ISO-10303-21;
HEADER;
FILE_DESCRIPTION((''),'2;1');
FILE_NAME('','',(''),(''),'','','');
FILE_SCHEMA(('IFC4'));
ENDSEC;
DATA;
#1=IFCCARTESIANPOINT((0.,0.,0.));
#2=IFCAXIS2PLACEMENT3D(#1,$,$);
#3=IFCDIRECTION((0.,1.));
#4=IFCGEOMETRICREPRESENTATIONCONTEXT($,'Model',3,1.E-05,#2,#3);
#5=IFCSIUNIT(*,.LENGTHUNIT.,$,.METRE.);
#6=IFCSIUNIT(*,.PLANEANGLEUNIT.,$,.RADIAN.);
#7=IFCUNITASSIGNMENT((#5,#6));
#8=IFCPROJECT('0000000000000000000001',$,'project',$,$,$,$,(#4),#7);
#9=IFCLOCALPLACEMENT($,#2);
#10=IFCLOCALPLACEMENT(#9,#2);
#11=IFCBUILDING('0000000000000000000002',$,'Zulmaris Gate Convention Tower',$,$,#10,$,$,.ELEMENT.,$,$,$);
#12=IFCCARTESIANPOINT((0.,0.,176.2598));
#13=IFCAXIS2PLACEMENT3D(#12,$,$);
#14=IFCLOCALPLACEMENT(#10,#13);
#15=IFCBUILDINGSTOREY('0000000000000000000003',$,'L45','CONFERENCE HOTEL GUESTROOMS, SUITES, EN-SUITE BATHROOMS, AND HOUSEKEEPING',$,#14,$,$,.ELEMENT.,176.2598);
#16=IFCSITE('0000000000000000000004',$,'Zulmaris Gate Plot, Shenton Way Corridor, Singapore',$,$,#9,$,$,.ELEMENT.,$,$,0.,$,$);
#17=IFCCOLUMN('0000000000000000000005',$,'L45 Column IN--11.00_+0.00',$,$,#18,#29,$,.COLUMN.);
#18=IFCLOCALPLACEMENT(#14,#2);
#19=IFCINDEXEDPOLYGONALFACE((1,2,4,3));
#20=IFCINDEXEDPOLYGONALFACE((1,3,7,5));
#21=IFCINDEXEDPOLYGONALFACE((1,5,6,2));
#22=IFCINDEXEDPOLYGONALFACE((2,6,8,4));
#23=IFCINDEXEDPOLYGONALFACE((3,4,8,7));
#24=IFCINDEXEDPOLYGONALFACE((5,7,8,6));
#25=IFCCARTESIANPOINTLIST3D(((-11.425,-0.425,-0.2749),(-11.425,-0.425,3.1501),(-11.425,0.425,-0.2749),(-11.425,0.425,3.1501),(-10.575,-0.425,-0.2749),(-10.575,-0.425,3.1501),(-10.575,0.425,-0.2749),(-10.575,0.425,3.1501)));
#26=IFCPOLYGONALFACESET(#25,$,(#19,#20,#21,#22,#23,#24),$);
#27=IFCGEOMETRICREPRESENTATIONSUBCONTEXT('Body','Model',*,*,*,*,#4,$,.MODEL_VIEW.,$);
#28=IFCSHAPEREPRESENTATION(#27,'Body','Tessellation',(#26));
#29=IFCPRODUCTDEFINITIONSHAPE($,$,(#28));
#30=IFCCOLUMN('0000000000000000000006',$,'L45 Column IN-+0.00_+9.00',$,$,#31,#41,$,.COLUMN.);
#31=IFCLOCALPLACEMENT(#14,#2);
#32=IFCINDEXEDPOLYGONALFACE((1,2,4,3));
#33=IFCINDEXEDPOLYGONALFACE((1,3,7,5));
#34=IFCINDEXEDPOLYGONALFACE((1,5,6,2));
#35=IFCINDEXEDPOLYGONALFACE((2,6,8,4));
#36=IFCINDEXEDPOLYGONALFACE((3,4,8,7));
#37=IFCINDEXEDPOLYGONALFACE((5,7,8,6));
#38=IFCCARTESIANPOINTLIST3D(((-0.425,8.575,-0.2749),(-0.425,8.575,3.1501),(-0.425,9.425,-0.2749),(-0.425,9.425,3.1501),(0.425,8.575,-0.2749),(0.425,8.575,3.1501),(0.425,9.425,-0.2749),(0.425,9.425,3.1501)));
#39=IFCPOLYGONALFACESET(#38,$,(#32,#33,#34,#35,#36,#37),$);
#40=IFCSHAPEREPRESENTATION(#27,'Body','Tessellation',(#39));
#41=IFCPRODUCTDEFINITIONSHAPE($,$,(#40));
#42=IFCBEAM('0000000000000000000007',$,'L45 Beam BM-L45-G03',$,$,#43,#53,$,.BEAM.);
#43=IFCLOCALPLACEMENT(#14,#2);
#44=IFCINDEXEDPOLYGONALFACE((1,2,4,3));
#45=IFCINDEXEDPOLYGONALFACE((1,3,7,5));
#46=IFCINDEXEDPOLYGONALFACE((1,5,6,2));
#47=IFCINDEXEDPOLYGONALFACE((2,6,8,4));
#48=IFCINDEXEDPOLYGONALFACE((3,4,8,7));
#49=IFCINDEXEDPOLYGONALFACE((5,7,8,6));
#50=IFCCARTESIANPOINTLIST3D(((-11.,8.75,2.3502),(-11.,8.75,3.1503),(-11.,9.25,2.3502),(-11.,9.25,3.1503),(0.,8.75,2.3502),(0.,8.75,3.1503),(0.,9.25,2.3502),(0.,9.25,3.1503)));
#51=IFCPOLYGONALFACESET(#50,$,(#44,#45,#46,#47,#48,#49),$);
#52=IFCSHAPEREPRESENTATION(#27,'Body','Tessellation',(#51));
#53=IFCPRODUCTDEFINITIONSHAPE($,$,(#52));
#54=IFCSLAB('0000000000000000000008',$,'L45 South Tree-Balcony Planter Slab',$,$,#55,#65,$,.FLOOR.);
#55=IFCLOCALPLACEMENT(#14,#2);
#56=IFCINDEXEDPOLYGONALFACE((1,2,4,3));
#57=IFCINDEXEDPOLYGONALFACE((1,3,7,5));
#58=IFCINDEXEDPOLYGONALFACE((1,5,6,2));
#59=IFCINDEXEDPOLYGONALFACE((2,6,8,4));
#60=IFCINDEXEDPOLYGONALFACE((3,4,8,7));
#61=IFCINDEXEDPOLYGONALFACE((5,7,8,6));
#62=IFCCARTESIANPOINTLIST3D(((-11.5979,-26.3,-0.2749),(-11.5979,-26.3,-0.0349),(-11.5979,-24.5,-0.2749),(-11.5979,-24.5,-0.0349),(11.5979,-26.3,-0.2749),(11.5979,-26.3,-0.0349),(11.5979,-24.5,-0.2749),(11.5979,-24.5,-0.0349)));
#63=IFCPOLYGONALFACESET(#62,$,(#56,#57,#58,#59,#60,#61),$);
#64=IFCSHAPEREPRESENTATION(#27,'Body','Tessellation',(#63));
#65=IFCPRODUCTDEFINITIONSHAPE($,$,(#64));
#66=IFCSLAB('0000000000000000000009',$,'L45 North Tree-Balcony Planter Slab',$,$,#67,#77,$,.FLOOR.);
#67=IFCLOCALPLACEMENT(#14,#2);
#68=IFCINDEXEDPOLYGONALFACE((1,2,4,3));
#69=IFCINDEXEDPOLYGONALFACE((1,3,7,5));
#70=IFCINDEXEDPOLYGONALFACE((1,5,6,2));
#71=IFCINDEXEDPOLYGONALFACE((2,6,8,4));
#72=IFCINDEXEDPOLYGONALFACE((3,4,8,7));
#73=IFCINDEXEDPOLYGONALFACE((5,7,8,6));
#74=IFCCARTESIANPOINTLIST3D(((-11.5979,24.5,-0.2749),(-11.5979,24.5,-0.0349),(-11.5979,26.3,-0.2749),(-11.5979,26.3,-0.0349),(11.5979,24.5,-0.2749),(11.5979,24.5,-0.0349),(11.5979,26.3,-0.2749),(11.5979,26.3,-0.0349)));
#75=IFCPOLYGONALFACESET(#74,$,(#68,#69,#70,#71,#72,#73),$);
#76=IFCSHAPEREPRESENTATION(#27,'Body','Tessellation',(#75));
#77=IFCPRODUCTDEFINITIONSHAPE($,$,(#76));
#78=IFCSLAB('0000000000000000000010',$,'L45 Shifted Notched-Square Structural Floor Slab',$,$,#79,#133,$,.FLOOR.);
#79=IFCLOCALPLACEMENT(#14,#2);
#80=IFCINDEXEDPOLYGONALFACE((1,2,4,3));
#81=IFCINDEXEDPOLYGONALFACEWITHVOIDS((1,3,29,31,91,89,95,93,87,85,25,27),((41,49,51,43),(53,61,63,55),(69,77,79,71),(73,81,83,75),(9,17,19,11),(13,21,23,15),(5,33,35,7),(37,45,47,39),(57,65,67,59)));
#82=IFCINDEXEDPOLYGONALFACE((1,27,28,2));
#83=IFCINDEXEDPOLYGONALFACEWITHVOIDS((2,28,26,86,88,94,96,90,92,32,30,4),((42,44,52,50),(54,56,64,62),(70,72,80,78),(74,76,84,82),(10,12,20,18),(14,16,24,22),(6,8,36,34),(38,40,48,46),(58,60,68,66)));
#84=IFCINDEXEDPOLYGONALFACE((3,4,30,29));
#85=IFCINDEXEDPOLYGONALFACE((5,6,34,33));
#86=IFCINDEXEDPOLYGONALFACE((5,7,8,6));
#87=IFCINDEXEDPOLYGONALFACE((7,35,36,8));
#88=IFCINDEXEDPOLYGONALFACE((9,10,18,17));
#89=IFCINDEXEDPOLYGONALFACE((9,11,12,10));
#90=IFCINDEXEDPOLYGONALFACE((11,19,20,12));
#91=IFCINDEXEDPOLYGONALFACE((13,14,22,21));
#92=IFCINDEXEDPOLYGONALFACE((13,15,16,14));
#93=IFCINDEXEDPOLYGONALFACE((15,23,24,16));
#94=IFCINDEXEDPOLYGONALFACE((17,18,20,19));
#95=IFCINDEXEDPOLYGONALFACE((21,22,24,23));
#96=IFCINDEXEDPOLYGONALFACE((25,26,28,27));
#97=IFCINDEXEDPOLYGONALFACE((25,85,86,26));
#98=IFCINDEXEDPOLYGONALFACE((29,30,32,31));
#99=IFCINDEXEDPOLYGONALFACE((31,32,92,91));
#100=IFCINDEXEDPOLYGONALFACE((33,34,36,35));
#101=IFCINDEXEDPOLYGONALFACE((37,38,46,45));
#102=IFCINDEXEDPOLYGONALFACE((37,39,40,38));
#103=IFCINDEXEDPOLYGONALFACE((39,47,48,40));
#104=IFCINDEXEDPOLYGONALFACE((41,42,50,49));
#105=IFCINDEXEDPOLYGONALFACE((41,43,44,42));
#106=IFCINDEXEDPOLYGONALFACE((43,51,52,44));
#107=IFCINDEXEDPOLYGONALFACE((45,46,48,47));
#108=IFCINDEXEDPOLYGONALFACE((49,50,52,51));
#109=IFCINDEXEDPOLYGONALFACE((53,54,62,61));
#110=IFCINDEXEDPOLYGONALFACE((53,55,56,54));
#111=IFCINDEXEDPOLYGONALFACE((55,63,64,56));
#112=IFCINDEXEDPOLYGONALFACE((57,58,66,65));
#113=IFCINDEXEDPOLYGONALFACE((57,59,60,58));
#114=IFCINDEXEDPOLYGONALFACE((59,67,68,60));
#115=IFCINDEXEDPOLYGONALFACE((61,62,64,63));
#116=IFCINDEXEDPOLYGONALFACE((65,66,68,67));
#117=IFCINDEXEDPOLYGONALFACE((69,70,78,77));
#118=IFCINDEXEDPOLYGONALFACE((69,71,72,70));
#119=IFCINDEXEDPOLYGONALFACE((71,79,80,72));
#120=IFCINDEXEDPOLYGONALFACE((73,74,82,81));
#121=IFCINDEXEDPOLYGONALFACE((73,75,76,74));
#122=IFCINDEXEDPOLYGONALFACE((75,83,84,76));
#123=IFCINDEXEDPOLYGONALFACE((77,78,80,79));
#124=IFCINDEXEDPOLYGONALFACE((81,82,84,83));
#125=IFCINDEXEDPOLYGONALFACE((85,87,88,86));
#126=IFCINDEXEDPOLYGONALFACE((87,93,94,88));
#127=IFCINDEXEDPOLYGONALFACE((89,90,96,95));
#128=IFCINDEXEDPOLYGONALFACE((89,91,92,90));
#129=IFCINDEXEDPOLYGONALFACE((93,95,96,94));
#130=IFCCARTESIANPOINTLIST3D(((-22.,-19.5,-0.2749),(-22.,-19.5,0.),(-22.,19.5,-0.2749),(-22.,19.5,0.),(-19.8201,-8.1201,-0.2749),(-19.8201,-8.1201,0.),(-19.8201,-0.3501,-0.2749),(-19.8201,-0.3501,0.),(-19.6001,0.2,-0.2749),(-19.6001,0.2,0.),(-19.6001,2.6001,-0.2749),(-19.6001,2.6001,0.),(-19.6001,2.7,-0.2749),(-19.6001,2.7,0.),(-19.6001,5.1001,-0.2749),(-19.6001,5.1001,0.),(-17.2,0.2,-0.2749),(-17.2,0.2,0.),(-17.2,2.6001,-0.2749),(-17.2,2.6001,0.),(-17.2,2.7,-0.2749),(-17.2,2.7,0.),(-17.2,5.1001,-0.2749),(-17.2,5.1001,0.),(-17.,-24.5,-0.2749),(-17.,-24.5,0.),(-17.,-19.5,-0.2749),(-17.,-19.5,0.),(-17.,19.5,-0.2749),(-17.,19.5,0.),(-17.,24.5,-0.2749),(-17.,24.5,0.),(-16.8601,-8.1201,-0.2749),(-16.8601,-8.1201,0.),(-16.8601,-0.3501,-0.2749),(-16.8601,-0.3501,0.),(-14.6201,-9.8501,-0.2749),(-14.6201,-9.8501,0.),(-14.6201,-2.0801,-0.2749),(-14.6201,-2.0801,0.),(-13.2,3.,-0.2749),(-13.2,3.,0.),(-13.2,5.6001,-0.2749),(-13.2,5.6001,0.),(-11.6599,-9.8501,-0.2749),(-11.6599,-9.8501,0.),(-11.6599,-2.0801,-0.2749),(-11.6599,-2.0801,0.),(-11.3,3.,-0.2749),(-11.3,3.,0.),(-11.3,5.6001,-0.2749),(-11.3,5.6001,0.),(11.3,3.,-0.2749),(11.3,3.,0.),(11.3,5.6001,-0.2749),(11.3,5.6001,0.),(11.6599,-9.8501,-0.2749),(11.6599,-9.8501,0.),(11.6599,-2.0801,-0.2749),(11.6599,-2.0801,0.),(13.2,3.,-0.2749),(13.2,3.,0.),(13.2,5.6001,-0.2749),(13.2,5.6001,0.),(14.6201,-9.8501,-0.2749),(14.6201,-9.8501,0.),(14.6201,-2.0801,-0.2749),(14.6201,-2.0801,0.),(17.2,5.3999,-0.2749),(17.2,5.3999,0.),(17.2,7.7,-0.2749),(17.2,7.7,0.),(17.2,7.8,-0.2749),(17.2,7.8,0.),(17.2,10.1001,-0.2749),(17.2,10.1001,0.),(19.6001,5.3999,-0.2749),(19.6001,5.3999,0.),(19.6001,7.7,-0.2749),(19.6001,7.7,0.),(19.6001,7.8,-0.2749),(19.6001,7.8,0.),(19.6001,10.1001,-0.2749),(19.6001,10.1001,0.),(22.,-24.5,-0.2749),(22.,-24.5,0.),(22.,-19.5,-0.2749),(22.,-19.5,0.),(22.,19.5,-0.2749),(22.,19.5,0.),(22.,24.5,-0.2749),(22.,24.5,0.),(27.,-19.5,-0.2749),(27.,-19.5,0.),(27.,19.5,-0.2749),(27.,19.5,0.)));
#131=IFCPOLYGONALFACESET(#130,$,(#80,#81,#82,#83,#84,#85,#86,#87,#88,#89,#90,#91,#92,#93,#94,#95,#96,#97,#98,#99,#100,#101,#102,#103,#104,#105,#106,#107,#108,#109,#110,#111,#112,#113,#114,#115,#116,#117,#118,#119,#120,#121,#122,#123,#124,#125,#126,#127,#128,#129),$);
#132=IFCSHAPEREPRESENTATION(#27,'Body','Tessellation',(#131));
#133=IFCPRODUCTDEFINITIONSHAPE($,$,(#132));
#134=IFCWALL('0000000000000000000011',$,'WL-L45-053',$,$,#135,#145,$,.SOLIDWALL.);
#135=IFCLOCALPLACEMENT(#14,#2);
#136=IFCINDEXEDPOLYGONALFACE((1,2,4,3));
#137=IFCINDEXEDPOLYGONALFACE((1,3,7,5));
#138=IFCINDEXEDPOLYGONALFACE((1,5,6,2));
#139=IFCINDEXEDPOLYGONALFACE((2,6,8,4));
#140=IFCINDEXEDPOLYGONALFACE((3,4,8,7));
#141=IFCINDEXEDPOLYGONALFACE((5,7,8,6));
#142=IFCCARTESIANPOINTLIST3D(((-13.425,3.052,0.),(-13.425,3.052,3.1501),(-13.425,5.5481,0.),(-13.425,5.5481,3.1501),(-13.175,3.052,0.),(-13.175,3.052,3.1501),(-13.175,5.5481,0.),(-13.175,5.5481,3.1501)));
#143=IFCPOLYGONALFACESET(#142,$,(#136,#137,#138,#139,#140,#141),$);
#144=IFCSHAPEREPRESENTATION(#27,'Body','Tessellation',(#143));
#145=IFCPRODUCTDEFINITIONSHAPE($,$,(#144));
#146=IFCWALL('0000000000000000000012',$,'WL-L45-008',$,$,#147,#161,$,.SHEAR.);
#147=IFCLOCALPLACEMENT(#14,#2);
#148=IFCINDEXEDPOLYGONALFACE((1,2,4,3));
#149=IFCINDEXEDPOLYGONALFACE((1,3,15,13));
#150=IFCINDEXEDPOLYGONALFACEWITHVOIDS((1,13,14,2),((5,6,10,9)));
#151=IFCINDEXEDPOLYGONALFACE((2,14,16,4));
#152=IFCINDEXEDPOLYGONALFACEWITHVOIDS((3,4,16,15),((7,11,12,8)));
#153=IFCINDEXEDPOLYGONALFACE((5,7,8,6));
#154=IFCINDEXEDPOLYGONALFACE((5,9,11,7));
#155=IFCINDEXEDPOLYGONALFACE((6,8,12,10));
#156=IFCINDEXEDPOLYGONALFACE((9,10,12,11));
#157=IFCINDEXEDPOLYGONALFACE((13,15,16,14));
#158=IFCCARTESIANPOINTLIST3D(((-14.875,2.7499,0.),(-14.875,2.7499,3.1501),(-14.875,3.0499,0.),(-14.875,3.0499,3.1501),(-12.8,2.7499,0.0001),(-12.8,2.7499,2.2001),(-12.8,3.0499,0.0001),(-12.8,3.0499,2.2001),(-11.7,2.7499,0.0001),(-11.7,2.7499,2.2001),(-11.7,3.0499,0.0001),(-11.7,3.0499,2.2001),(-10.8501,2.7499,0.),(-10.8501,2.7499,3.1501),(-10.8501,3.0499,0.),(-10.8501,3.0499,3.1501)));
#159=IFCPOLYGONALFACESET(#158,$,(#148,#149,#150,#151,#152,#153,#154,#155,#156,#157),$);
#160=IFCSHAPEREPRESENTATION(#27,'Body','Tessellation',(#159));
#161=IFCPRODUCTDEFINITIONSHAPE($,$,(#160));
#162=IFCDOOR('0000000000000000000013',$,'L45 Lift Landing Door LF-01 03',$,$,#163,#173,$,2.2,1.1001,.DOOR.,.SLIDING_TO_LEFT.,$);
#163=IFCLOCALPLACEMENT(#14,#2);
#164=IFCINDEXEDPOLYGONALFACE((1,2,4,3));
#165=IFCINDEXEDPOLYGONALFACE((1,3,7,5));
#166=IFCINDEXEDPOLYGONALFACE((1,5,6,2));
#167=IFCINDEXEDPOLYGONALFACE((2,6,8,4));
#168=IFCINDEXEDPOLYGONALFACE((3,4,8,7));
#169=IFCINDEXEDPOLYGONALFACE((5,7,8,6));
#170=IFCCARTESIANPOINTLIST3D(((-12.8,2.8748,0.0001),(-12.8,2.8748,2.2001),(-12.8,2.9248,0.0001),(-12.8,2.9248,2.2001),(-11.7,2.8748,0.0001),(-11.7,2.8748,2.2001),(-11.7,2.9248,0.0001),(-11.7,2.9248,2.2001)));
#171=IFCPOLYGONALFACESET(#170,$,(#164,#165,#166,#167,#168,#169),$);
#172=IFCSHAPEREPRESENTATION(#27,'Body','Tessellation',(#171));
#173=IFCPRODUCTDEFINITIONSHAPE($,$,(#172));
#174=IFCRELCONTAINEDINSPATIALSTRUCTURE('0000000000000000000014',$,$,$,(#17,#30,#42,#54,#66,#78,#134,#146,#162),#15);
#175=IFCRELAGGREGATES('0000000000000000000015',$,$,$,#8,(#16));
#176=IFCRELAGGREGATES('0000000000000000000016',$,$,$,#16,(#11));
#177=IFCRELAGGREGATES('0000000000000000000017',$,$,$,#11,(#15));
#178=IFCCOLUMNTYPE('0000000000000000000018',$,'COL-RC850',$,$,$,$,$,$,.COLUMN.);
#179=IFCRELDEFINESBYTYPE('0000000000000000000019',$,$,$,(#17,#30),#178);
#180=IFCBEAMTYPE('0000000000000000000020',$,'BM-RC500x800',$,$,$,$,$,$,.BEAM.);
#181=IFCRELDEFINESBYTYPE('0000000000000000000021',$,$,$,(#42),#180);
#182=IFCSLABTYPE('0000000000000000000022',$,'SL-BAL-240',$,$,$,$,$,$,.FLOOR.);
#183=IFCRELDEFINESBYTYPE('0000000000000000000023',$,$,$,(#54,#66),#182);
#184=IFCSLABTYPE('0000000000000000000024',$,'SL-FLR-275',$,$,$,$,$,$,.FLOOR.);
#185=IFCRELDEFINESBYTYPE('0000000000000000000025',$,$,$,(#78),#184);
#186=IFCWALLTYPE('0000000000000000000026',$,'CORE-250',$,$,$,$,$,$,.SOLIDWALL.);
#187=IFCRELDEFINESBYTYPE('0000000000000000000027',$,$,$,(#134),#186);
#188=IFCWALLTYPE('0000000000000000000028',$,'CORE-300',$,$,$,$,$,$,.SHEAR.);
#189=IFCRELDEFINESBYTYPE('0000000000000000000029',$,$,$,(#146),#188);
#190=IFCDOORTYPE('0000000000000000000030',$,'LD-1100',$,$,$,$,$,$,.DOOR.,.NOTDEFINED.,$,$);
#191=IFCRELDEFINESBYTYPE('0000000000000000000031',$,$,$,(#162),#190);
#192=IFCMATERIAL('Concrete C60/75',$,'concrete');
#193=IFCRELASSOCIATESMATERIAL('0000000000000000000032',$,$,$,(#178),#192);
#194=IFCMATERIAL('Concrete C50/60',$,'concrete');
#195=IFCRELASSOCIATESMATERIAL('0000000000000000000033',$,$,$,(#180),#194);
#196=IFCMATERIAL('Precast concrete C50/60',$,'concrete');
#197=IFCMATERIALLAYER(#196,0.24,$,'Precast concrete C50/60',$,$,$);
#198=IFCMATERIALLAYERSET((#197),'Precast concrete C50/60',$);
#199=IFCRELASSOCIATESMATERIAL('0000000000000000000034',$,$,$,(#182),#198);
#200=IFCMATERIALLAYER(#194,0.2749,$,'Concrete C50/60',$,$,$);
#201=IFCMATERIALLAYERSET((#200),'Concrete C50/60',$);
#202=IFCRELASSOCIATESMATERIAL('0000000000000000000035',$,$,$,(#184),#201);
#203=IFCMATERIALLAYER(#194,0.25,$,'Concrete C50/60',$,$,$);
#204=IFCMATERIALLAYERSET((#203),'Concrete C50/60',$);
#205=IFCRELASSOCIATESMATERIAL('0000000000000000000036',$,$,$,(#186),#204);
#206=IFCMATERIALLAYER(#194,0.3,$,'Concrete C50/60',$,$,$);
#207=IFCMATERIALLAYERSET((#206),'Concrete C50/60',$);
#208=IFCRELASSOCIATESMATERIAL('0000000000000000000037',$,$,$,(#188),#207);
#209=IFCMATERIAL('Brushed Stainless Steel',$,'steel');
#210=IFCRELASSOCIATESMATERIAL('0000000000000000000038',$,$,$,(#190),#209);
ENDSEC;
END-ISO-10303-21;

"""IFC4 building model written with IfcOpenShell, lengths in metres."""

from ifc_helpers import new_model, si_unit, direction, frame, frame_2d, origin, origin_2d, place, context, subcontext, project, spatial, polyline, rectangle, outline, extrude, material, layer, layer_set, material_profile, profile_set, type_object, element, fill, save


model = new_model("IFC4")

# Units and contexts
model_context = context("Model", 3, precision=1e-05, world=origin(), true_north=direction((0.0, 1.0)))
body_context = subcontext(model_context, "Body", "Model", "MODEL_VIEW")
ifc_project = project(units=[si_unit("LENGTHUNIT", "METRE"), si_unit("PLANEANGLEUNIT", "RADIAN")], contexts=[model_context])

# Site, building, storey
site_placement = place(None, origin())
site = spatial("IfcSite", under=ifc_project, at=site_placement, Name="Zulmaris Gate Plot, Shenton Way Corridor, Singapore", CompositionType="ELEMENT", RefElevation=0.0)
building_placement = place(site_placement, origin())
building = spatial("IfcBuilding", under=site, at=building_placement, Name="Zulmaris Gate Convention Tower", CompositionType="ELEMENT")
storey_placement = place(building_placement, frame((0.0, 0.0, 176.2598)))
storey = spatial("IfcBuildingStorey", under=building, at=storey_placement, Name="L45", Description="CONFERENCE HOTEL GUESTROOMS, SUITES, EN-SUITE BATHROOMS, AND HOUSEKEEPING", CompositionType="ELEMENT", Elevation=176.2598)

# Columns
ifc_material_1 = material(Name="Concrete C60/75", Category="concrete")
ifc_material_profile_1 = material_profile(ifc_material_1, rectangle(XDim=0.8501, YDim=0.8501, at=origin_2d()), Name="RC COL 850x850")
ifc_profile_set_1 = profile_set([ifc_material_profile_1], Name="Concrete C60/75")
column_type = type_object("IfcColumnType", Name="COL-RC850", PredefinedType="COLUMN", material=ifc_profile_set_1)
for number, where, z_axis, x_axis, name in (
    (1, (-11.0, 0.0, -0.2749), (0.0, 0.0, 1.0), (1.0, 0.0, 0.0), "L45 Column IN--11.00_+0.00"),
    (2, (0.0, 9.0, -0.2749), (0.0, 0.0, 1.0), (1.0, 0.0, 0.0), "L45 Column IN-+0.00_+9.00"),
):
    element("IfcColumn", number, at=place(storey_placement, frame(where, z_axis=z_axis, x_axis=x_axis)), inside=storey, type_object=column_type, Name=name, PredefinedType="COLUMN", context=body_context, shape_type="SweptSolid", body=[
        extrude(rectangle(XDim=0.8501, YDim=0.8501, at=origin_2d()), origin(), (0.0, 0.0, 1.0), 3.425),
    ])

# Beam
ifc_material_2 = material(Name="Concrete C50/60", Category="concrete")
ifc_material_profile_2 = material_profile(ifc_material_2, rectangle(XDim=0.5, YDim=0.8, at=origin_2d()), Name="RC BEAM 500x800")
ifc_profile_set_2 = profile_set([ifc_material_profile_2], Name="Concrete C50/60")
beam_type = type_object("IfcBeamType", Name="BM-RC500x800", PredefinedType="BEAM", material=ifc_profile_set_2)
beam_placement = place(storey_placement, frame((-11.0, 9.0, 2.7502), z_axis=(1.0, 0.0, 0.0), x_axis=(0.0, 1.0, 0.0)))
element("IfcBeam", 3, at=beam_placement, inside=storey, type_object=beam_type, Name="L45 Beam BM-L45-G03", PredefinedType="BEAM", context=body_context, shape_type="SweptSolid", body=[
    extrude(rectangle(XDim=0.5, YDim=0.8, at=origin_2d()), origin(), (0.0, 0.0, 1.0), 11.0),
])

# Slabs
ifc_material_3 = material(Name="Precast concrete C50/60", Category="concrete")
ifc_layer_1 = layer(ifc_material_3, 0.24, Name="Precast concrete C50/60")
ifc_layer_set_1 = layer_set([ifc_layer_1], Name="Precast concrete C50/60")
slab_type_1 = type_object("IfcSlabType", Name="SL-BAL-240", PredefinedType="FLOOR", material=ifc_layer_set_1)
slab_1_placement = place(storey_placement, frame((0.0, 0.0, -0.2749)))
element("IfcSlab", 4, at=slab_1_placement, inside=storey, type_object=slab_type_1, Name="L45 South Tree-Balcony Planter Slab", PredefinedType="FLOOR", context=body_context, shape_type="SweptSolid", body=[
    extrude(outline(polyline([(-11.5979, -26.3), (-11.5979, -24.5), (11.5979, -24.5), (11.5979, -26.3), (-11.5979, -26.3)])), origin(), (0.0, 0.0, 1.0), 0.24),
])
slab_2_placement = place(storey_placement, frame((0.0, 0.0, -0.2749)))
element("IfcSlab", 5, at=slab_2_placement, inside=storey, type_object=slab_type_1, Name="L45 North Tree-Balcony Planter Slab", PredefinedType="FLOOR", context=body_context, shape_type="SweptSolid", body=[
    extrude(outline(polyline([(11.5979, 26.3), (11.5979, 24.5), (-11.5979, 24.5), (-11.5979, 26.3), (11.5979, 26.3)])), origin(), (0.0, 0.0, 1.0), 0.24),
])
ifc_layer_2 = layer(ifc_material_2, 0.2749, Name="Concrete C50/60")
ifc_layer_set_2 = layer_set([ifc_layer_2], Name="Concrete C50/60")
slab_type_2 = type_object("IfcSlabType", Name="SL-FLR-275", PredefinedType="FLOOR", material=ifc_layer_set_2)
slab_3_placement = place(storey_placement, frame((0.0, 0.0, -0.2749)))
element("IfcSlab", 6, at=slab_3_placement, inside=storey, type_object=slab_type_2, Name="L45 Shifted Notched-Square Structural Floor Slab", PredefinedType="FLOOR", context=body_context, shape_type="SweptSolid", body=[
    extrude(outline(polyline([(-17.0, -24.5), (22.0, -24.5), (22.0, -19.5), (27.0, -19.5), (27.0, 19.5), (22.0, 19.5), (22.0, 24.5), (-17.0, 24.5), (-17.0, 19.5), (-22.0, 19.5), (-22.0, -19.5), (-17.0, -19.5), (-17.0, -24.5)]), holes=[polyline([(-14.6201, -2.0801), (-14.6201, -9.8501), (-11.6599, -9.8501), (-11.6599, -2.0801), (-14.6201, -2.0801)]), polyline([(11.6599, -2.0801), (11.6599, -9.8501), (14.6201, -9.8501), (14.6201, -2.0801), (11.6599, -2.0801)]), polyline([(-16.8601, -8.1201), (-16.8601, -0.3501), (-19.8201, -0.3501), (-19.8201, -8.1201), (-16.8601, -8.1201)]), polyline([(-13.2, 3.0), (-11.3, 3.0), (-11.3, 5.6001), (-13.2, 5.6001), (-13.2, 3.0)]), polyline([(11.3, 3.0), (13.2, 3.0), (13.2, 5.6001), (11.3, 5.6001), (11.3, 3.0)]), polyline([(17.2, 5.3999), (19.6001, 5.3999), (19.6001, 7.7), (17.2, 7.7), (17.2, 5.3999)]), polyline([(17.2, 7.8), (19.6001, 7.8), (19.6001, 10.1001), (17.2, 10.1001), (17.2, 7.8)]), polyline([(-19.6001, 0.2), (-17.2, 0.2), (-17.2, 2.6001), (-19.6001, 2.6001), (-19.6001, 0.2)]), polyline([(-19.6001, 2.7), (-17.2, 2.7), (-17.2, 5.1001), (-19.6001, 5.1001), (-19.6001, 2.7)])]), origin(), (0.0, 0.0, 1.0), 0.2749),
])

# Wall
ifc_layer_3 = layer(ifc_material_2, 0.25, Name="Concrete C50/60")
ifc_layer_set_3 = layer_set([ifc_layer_3], Name="Concrete C50/60")
wall_type_1 = type_object("IfcWallType", Name="CORE-250", PredefinedType="SOLIDWALL", material=ifc_layer_set_3)
wall_1_placement = place(storey_placement, frame((-13.3, 3.052, 0.0), z_axis=(0.0, 0.0, 1.0), x_axis=(0.0, 1.0, 0.0)))
element("IfcWall", 7, at=wall_1_placement, inside=storey, type_object=wall_type_1, Name="WL-L45-053", PredefinedType="SOLIDWALL", context=body_context, shape_type="SweptSolid", body=[
    extrude(rectangle(XDim=2.4961, YDim=0.25, at=frame_2d((1.248, 0.0))), origin(), (0.0, 0.0, 1.0), 3.1501),
])

# Wall, opening, door
ifc_layer_4 = layer(ifc_material_2, 0.3, Name="Concrete C50/60")
ifc_layer_set_4 = layer_set([ifc_layer_4], Name="Concrete C50/60")
wall_type_2 = type_object("IfcWallType", Name="CORE-300", PredefinedType="SHEAR", material=ifc_layer_set_4)
wall_2_placement = place(storey_placement, frame((-14.875, 2.8999, 0.0), z_axis=(0.0, 0.0, 1.0), x_axis=(1.0, 0.0, 0.0)))
wall_2 = element("IfcWall", 8, at=wall_2_placement, inside=storey, type_object=wall_type_2, Name="WL-L45-008", PredefinedType="SHEAR", context=body_context, shape_type="SweptSolid", body=[
    extrude(rectangle(XDim=4.0249, YDim=0.3, at=frame_2d((2.0125, 0.0))), origin(), (0.0, 0.0, 1.0), 3.1501),
])
opening_1_placement = place(wall_2_placement, frame((2.075, 0.0, 0.0)))
opening_1 = element("IfcOpeningElement", 9, at=opening_1_placement, cuts=wall_2, PredefinedType="OPENING", context=body_context, shape_type="SweptSolid", body=[
    extrude(rectangle(XDim=1.1001, YDim=2.2, at=frame_2d((0.55, 1.1001))), frame((0.0, 0.1602, 0.0), z_axis=(0.0, -1.0, 0.0), x_axis=(1.0, 0.0, 0.0)), (0.0, 0.0, 1.0), 0.3201),
])
ifc_material_4 = material(Name="Brushed Stainless Steel", Category="steel")
door_type_1 = type_object("IfcDoorType", Name="LD-1100", OperationType="NOTDEFINED", PredefinedType="DOOR", material=ifc_material_4)
door_1_placement = place(opening_1_placement, origin())
door_1 = element("IfcDoor", 10, at=door_1_placement, inside=storey, type_object=door_type_1, Name="L45 Lift Landing Door LF-01 03", OperationType="SLIDING_TO_LEFT", OverallHeight=2.2, OverallWidth=1.1001, PredefinedType="DOOR", context=body_context, shape_type="SweptSolid", body=[
    extrude(rectangle(XDim=1.1001, YDim=2.2, at=frame_2d((0.55, 1.1001))), frame((0.0, 0.0249, 0.0), z_axis=(0.0, -1.0, 0.0), x_axis=(1.0, 0.0, 0.0)), (0.0, 0.0, 1.0), 0.05),
])
fill(opening_1, door_1)

save(model, "model.ifc")
